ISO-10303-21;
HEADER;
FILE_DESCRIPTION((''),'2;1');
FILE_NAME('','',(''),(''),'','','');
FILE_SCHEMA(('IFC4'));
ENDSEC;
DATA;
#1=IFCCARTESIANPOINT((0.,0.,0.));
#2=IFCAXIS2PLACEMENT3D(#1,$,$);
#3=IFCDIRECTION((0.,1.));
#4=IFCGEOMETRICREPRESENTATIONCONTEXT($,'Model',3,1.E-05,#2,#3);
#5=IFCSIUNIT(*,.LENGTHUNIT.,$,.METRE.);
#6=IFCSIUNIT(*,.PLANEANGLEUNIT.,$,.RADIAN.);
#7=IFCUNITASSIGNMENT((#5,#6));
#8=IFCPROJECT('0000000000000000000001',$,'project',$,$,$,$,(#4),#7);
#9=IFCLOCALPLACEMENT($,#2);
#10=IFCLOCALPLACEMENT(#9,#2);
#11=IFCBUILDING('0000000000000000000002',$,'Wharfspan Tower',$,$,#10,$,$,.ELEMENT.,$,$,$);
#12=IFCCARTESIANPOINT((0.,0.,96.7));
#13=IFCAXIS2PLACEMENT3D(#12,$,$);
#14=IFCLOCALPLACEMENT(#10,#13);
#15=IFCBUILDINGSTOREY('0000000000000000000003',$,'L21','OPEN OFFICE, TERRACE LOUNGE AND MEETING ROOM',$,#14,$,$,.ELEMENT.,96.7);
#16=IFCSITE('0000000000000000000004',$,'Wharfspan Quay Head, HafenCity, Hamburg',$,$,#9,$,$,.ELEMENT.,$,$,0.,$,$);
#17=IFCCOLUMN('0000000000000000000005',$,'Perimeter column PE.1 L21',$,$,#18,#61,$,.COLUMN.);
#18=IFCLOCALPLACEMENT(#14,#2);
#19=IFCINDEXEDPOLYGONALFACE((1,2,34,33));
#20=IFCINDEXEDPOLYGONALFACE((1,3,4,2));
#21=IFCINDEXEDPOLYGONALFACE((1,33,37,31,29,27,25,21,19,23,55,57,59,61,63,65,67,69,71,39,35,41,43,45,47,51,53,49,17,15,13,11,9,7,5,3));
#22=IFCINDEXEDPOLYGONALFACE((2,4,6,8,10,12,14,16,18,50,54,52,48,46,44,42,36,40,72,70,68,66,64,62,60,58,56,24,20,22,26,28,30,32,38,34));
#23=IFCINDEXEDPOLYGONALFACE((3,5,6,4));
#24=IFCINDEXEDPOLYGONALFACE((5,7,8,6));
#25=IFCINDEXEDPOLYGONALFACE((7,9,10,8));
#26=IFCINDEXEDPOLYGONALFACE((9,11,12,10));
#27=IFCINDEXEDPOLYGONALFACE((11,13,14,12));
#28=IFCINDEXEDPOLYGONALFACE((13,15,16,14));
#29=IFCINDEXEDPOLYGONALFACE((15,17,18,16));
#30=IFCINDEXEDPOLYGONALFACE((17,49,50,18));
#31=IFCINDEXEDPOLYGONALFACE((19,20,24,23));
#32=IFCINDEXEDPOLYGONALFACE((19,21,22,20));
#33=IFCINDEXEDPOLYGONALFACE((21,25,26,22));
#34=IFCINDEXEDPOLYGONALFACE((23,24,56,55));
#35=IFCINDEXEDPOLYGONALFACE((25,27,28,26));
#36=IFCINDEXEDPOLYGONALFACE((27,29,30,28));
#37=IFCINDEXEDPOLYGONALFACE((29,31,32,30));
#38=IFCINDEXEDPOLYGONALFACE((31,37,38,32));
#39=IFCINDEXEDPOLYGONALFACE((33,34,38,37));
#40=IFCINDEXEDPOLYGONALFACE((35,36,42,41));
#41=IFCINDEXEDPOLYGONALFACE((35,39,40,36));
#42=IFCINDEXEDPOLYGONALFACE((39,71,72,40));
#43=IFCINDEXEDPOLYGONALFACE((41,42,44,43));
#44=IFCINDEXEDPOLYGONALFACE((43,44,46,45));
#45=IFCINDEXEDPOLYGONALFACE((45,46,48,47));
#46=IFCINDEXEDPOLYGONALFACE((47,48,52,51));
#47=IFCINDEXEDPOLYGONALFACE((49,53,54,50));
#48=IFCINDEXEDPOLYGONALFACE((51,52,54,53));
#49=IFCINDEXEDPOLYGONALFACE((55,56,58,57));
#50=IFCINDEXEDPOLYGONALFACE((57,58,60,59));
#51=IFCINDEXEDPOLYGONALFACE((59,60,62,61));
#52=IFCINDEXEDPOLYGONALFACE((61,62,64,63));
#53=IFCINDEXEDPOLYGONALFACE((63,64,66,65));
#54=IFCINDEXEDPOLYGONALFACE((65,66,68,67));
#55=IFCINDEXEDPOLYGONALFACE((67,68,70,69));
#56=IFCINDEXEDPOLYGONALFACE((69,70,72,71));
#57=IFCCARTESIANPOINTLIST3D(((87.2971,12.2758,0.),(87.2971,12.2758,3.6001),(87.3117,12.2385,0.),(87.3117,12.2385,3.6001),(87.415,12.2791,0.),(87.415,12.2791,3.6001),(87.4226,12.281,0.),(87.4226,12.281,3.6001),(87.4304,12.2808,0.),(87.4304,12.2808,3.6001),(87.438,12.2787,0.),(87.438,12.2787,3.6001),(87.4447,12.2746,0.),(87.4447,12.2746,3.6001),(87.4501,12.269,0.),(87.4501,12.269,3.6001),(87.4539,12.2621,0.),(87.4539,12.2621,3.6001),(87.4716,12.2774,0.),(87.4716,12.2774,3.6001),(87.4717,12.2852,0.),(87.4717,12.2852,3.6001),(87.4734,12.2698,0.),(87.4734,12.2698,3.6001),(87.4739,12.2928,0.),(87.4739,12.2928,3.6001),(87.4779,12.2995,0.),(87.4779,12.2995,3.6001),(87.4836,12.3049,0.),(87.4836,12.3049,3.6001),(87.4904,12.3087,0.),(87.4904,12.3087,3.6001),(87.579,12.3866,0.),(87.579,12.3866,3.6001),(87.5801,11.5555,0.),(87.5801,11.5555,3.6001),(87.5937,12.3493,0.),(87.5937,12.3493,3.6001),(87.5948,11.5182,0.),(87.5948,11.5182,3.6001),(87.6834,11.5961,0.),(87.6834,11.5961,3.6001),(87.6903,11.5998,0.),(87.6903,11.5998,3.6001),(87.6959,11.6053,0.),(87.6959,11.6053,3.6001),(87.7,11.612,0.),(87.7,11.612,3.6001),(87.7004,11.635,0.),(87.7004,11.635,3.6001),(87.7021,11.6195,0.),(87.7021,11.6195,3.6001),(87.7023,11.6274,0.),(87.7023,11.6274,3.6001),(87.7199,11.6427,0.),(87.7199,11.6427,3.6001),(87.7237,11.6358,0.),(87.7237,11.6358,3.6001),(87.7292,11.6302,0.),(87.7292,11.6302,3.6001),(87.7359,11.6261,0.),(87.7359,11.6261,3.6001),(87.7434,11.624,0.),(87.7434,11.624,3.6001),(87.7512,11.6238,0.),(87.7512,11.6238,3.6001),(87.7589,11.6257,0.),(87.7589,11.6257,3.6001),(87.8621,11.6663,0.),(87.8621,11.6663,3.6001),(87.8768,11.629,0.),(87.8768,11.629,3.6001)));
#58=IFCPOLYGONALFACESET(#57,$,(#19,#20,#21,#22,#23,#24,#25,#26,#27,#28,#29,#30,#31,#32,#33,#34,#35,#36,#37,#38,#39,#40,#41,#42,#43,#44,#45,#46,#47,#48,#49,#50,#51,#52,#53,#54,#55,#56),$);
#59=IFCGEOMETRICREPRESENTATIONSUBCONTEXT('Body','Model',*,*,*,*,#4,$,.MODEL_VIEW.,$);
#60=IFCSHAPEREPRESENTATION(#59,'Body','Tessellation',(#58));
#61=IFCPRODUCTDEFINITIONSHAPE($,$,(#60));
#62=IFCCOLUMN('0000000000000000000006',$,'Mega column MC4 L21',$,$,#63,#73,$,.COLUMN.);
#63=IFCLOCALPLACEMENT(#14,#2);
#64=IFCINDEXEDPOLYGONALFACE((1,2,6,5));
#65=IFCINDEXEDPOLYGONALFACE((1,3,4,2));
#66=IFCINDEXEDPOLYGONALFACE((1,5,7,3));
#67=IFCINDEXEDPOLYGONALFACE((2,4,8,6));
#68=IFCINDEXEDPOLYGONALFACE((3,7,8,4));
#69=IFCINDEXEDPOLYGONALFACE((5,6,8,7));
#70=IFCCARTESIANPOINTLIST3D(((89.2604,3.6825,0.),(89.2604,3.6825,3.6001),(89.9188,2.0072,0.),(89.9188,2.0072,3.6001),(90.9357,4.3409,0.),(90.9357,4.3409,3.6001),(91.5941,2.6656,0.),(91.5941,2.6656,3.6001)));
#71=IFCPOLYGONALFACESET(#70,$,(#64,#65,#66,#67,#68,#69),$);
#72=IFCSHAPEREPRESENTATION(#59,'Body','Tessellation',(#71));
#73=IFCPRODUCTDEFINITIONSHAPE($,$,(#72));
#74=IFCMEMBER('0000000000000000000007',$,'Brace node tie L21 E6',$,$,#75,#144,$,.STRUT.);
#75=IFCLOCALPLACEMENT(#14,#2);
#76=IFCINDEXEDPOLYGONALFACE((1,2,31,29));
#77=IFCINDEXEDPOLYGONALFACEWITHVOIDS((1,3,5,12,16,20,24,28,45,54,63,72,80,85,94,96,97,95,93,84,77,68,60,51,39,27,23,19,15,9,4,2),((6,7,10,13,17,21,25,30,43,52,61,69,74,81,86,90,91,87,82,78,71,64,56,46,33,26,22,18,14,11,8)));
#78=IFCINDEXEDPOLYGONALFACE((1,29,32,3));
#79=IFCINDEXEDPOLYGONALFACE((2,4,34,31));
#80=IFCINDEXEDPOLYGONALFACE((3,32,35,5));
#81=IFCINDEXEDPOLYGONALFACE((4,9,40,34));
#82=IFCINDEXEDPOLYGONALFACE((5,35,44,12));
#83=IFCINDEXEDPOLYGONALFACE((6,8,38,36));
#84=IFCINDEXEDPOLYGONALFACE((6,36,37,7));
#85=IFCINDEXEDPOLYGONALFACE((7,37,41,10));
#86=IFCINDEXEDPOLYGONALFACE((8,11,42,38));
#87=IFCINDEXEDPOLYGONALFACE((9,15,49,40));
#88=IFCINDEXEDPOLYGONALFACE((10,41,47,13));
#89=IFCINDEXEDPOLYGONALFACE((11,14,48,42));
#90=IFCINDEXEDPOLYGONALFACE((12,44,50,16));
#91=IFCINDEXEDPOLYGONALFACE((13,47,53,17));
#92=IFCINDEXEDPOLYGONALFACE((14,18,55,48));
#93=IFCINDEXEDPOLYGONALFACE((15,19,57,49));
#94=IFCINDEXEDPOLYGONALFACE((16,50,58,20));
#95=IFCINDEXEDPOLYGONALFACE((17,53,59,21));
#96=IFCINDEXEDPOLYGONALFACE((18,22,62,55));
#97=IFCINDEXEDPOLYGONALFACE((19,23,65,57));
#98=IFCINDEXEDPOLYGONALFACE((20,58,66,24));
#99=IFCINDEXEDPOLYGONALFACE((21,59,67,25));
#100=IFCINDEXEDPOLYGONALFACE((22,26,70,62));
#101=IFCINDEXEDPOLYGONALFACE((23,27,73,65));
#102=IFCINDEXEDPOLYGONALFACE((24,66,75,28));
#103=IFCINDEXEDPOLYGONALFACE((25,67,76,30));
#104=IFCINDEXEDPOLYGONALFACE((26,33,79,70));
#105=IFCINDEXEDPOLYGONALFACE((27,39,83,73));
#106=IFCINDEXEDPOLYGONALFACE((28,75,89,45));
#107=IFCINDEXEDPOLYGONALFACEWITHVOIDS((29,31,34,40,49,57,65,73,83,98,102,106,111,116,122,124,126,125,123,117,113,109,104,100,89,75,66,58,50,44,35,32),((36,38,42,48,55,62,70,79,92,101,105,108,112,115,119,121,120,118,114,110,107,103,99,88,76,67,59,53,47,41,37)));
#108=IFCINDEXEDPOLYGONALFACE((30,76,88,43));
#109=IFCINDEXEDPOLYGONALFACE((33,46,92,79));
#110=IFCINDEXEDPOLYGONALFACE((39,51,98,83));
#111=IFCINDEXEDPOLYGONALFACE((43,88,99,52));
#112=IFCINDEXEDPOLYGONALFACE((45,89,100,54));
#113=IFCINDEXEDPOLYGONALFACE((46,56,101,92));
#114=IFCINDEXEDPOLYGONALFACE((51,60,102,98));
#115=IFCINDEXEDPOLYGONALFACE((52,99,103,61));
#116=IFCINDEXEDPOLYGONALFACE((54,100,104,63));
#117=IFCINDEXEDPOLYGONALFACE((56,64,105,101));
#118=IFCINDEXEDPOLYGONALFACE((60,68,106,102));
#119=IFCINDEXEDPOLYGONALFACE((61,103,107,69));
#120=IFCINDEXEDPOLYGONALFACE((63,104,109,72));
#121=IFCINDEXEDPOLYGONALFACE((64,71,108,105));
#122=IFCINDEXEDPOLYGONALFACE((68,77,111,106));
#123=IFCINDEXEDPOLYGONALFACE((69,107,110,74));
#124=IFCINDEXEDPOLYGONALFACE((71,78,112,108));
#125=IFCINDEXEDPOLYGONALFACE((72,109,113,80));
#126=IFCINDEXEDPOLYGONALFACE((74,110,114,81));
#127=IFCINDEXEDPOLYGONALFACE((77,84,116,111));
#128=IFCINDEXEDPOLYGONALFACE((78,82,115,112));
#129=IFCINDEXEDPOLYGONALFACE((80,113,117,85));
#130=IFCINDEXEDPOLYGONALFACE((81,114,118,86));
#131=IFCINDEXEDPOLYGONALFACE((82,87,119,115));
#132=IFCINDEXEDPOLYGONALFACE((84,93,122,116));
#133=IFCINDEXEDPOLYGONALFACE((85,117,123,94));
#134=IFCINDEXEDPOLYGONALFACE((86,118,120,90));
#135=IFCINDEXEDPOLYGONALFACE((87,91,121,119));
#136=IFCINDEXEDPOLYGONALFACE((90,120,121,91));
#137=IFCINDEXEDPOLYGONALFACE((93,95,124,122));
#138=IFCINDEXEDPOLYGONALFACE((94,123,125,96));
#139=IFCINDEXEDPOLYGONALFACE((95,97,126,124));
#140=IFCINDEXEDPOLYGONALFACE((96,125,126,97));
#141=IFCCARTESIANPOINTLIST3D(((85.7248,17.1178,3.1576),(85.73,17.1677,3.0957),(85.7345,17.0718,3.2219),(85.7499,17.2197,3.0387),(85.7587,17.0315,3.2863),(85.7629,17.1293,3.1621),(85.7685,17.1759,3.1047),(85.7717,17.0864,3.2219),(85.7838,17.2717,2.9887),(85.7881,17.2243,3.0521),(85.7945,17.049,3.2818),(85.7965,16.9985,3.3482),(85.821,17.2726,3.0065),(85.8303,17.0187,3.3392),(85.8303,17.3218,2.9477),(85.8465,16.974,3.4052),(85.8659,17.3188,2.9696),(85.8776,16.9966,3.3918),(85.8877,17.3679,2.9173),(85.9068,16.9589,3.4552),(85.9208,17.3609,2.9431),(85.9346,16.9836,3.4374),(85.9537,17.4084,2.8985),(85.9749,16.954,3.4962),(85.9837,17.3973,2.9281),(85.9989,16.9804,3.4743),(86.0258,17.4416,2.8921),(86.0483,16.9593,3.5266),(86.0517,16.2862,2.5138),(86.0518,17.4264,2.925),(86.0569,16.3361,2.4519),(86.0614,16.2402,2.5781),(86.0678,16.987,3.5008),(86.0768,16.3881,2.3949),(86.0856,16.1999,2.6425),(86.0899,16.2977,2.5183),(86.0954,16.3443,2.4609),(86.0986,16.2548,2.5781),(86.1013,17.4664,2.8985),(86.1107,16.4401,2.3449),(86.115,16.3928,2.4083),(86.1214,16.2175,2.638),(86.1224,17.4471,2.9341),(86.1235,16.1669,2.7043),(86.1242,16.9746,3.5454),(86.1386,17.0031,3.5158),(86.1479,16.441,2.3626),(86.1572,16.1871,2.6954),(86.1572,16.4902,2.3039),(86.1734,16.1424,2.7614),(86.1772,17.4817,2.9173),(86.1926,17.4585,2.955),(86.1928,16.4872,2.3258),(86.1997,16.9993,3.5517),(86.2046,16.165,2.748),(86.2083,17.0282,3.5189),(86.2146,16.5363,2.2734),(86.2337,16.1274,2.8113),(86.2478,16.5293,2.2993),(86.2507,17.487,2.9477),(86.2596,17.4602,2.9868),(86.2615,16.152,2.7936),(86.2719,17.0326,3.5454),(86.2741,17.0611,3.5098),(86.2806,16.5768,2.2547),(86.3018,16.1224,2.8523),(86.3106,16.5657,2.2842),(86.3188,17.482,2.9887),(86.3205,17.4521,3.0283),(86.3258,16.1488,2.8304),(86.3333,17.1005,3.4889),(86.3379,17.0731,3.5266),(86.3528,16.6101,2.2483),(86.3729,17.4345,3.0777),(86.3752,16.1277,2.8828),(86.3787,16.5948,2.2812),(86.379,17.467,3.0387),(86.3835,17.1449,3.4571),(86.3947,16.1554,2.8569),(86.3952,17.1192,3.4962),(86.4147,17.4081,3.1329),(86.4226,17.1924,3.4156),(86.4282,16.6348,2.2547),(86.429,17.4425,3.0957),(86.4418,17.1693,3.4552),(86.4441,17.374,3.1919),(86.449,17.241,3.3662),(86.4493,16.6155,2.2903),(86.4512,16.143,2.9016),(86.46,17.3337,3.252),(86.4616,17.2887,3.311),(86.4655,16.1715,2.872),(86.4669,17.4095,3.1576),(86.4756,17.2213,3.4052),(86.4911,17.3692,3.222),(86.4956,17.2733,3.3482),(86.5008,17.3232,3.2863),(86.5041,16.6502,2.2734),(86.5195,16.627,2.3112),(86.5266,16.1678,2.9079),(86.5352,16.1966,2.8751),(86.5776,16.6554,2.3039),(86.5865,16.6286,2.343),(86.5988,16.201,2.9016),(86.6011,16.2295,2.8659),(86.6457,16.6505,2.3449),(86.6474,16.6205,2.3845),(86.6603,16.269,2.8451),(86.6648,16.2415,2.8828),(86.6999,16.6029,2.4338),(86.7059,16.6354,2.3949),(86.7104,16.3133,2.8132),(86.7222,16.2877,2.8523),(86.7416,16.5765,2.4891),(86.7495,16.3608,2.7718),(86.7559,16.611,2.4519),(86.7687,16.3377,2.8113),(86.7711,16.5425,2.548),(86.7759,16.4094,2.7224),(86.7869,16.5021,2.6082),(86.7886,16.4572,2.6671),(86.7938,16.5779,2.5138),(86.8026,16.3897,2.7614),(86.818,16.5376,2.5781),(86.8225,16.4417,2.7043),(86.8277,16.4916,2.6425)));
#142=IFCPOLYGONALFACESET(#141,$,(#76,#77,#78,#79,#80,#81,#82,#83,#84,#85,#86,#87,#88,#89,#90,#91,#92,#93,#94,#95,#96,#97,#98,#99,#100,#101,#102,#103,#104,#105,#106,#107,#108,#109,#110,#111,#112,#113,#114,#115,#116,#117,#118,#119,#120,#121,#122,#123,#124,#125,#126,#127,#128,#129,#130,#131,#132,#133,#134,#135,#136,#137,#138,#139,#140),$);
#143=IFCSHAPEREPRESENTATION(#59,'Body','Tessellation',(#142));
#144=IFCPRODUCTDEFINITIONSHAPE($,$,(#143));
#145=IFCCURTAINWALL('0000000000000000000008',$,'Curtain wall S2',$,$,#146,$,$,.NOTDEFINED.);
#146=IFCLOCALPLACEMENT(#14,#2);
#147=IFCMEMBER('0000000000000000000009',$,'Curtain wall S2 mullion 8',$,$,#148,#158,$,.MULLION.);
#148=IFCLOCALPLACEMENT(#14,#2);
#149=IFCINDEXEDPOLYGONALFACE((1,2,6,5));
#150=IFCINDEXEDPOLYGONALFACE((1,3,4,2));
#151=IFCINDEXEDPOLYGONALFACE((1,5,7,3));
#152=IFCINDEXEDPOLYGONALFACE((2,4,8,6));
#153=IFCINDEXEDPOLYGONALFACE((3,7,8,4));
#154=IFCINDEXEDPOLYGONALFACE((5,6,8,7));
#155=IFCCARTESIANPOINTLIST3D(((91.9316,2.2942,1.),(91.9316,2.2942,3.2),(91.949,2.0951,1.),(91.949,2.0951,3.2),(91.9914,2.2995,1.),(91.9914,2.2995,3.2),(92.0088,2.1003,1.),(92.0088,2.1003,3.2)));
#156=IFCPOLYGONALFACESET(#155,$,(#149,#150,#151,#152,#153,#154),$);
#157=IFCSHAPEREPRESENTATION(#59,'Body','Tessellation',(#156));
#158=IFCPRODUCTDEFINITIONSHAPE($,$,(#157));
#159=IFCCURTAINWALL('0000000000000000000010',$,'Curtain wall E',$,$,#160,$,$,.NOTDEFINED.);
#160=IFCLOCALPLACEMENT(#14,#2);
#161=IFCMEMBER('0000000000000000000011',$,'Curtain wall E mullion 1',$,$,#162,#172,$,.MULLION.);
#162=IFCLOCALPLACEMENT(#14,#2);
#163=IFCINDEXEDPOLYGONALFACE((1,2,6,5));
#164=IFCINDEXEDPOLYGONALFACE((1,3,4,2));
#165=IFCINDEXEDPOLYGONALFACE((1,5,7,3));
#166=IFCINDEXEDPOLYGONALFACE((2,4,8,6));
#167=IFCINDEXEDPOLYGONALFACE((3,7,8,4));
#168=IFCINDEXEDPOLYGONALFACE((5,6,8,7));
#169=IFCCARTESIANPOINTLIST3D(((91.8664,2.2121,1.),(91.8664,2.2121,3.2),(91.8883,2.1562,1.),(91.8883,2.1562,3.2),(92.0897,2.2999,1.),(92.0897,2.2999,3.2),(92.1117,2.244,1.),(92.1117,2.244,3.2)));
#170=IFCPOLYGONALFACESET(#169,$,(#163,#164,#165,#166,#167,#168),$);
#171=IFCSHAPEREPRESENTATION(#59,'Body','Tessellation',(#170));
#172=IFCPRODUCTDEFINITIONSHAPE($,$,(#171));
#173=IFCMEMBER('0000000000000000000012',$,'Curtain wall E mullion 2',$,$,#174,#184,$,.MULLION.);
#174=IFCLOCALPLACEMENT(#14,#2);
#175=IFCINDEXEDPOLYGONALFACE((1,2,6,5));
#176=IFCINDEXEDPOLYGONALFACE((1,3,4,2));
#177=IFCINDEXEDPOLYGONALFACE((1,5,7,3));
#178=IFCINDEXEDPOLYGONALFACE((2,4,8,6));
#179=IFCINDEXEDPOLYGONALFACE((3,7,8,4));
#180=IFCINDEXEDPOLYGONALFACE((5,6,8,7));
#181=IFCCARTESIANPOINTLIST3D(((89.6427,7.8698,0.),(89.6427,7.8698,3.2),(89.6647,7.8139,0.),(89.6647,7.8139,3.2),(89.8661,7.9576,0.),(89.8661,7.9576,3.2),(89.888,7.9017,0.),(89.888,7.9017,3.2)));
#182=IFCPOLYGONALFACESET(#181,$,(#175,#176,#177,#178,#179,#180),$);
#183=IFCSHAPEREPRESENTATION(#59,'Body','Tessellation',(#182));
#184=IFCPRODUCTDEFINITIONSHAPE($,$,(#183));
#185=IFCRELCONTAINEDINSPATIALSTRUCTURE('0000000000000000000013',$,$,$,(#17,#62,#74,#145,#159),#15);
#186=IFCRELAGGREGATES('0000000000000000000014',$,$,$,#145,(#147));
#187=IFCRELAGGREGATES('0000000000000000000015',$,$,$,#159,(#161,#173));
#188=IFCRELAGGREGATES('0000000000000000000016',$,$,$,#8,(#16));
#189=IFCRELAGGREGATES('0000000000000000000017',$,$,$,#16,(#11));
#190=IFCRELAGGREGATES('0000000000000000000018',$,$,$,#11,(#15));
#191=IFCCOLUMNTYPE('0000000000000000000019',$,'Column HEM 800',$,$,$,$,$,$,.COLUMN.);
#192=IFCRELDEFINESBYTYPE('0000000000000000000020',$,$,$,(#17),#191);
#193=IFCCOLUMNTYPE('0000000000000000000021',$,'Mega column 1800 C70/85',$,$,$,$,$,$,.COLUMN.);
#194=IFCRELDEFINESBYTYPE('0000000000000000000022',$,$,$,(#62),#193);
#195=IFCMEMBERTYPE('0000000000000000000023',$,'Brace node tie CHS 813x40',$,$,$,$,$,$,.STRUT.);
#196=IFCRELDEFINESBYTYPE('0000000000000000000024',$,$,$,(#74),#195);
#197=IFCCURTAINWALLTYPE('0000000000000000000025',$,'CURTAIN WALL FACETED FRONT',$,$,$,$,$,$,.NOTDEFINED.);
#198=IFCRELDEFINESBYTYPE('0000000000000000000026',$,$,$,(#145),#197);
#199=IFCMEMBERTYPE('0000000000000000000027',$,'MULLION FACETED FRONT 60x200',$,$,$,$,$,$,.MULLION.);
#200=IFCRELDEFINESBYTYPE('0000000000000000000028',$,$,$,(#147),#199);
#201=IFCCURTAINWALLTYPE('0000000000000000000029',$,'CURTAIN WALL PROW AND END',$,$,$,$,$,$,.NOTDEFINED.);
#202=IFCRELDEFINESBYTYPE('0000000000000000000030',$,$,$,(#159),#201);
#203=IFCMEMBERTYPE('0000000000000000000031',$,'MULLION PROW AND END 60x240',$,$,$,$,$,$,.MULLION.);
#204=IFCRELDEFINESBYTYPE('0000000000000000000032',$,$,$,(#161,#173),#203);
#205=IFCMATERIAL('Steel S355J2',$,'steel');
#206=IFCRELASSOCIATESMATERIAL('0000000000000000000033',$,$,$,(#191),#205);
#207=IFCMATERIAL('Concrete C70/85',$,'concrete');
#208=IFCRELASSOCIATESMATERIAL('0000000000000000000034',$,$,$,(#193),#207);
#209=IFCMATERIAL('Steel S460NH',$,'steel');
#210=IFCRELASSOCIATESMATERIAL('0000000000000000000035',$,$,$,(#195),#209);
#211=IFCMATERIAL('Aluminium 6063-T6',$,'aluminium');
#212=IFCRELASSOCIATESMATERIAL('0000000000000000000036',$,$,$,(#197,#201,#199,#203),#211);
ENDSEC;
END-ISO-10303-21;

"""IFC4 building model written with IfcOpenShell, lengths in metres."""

from ifc_helpers import new_model, si_unit, direction, frame, origin, origin_2d, place, context, subcontext, project, spatial, rectangle, hollow_circle, i_section, extrude, material, material_profile, profile_set, type_object, element, aggregate, save


model = new_model("IFC4")

# Units and contexts
model_context = context("Model", 3, precision=1e-05, world=origin(), true_north=direction((0.0, 1.0)))
body_context = subcontext(model_context, "Body", "Model", "MODEL_VIEW")
ifc_project = project(units=[si_unit("LENGTHUNIT", "METRE"), si_unit("PLANEANGLEUNIT", "RADIAN")], contexts=[model_context])

# Site, building, storey
site_placement = place(None, origin())
site = spatial("IfcSite", under=ifc_project, at=site_placement, Name="Wharfspan Quay Head, HafenCity, Hamburg", CompositionType="ELEMENT", RefElevation=0.0)
building_placement = place(site_placement, origin())
building = spatial("IfcBuilding", under=site, at=building_placement, Name="Wharfspan Tower", CompositionType="ELEMENT")
storey_placement = place(building_placement, frame((0.0, 0.0, 96.7)))
storey = spatial("IfcBuildingStorey", under=building, at=storey_placement, Name="L21", Description="OPEN OFFICE, TERRACE LOUNGE AND MEETING ROOM", CompositionType="ELEMENT", Elevation=96.7)

# Columns
ifc_material_1 = material(Name="Steel S355J2", Category="steel")
ifc_material_profile_1 = material_profile(ifc_material_1, i_section(OverallWidth=0.303, OverallDepth=0.814, WebThickness=0.021, FlangeThickness=0.04, FilletRadius=0.03, at=origin_2d()))
ifc_profile_set_1 = profile_set([ifc_material_profile_1], Name="Steel S355J2")
column_type_1 = type_object("IfcColumnType", Name="Column HEM 800", PredefinedType="COLUMN", material=ifc_profile_set_1)
column_1_placement = place(storey_placement, frame((87.5869, 11.9524, 0.0), z_axis=(0.0, 0.0, 1.0), x_axis=(0.930702, 0.365778, 0.0)))
element("IfcColumn", 1, at=column_1_placement, inside=storey, type_object=column_type_1, Name="Perimeter column PE.1 L21", PredefinedType="COLUMN", context=body_context, shape_type="SweptSolid", body=[
    extrude(i_section(OverallWidth=0.303, OverallDepth=0.814, WebThickness=0.021, FlangeThickness=0.04, FilletRadius=0.03, at=origin_2d()), origin(), (0.0, 0.0, 1.0), 3.6001),
])
ifc_material_2 = material(Name="Concrete C70/85", Category="concrete")
ifc_material_profile_2 = material_profile(ifc_material_2, rectangle(XDim=1.8, YDim=1.8, at=origin_2d()))
ifc_profile_set_2 = profile_set([ifc_material_profile_2], Name="Concrete C70/85")
column_type_2 = type_object("IfcColumnType", Name="Mega column 1800 C70/85", PredefinedType="COLUMN", material=ifc_profile_set_2)
column_2_placement = place(storey_placement, frame((90.4272, 3.1741, 0.0), z_axis=(0.0, 0.0, 1.0), x_axis=(-0.365778, 0.930702, 0.0)))
element("IfcColumn", 2, at=column_2_placement, inside=storey, type_object=column_type_2, Name="Mega column MC4 L21", PredefinedType="COLUMN", context=body_context, shape_type="SweptSolid", body=[
    extrude(rectangle(XDim=1.8, YDim=1.8, at=origin_2d()), origin(), (0.0, 0.0, 1.0), 3.6001),
])

# Member
ifc_material_3 = material(Name="Steel S460NH", Category="steel")
ifc_material_profile_3 = material_profile(ifc_material_3, hollow_circle(Radius=0.4065, WallThickness=0.04, at=origin_2d()))
ifc_profile_set_3 = profile_set([ifc_material_profile_3], Name="Steel S460NH")
member_type_1 = type_object("IfcMemberType", Name="Brace node tie CHS 813x40", PredefinedType="STRUT", material=ifc_profile_set_3)
member_1_placement = place(storey_placement, frame((86.4397, 16.3889, 2.5781), z_axis=(-0.296842, 0.755073, 0.584594), x_axis=(-0.930669, -0.365871, -0.000004)))
element("IfcMember", 3, at=member_1_placement, inside=storey, type_object=member_type_1, Name="Brace node tie L21 E6", PredefinedType="STRUT", context=body_context, shape_type="SweptSolid", body=[
    extrude(hollow_circle(Radius=0.4065, WallThickness=0.04, at=origin_2d()), origin(), (0.0, 0.0, 1.0), 1.1013),
])

# Curtain wall, member
ifc_material_4 = material(Name="Aluminium 6063-T6", Category="aluminium")
curtain_wall_type_1 = type_object("IfcCurtainWallType", Name="CURTAIN WALL FACETED FRONT", PredefinedType="NOTDEFINED", material=ifc_material_4)
curtain_wall_1_placement = place(storey_placement, origin())
curtain_wall_1 = element("IfcCurtainWall", 4, at=curtain_wall_1_placement, inside=storey, type_object=curtain_wall_type_1, Name="Curtain wall S2", PredefinedType="NOTDEFINED")
ifc_material_profile_4 = material_profile(ifc_material_4, rectangle(XDim=0.2, YDim=0.0601, at=origin_2d()))
ifc_profile_set_4 = profile_set([ifc_material_profile_4], Name="Aluminium 6063-T6")
member_type_2 = type_object("IfcMemberType", Name="MULLION FACETED FRONT 60x200", PredefinedType="MULLION", material=ifc_profile_set_4)
member_2_placement = place(storey_placement, frame((91.9702, 2.1973, 1.0), z_axis=(0.0, 0.0, 1.0), x_axis=(-0.087156, 0.996198, 0.0)))
member_2 = element("IfcMember", 5, at=member_2_placement, type_object=member_type_2, Name="Curtain wall S2 mullion 8", PredefinedType="MULLION", context=body_context, shape_type="SweptSolid", body=[
    extrude(rectangle(XDim=0.2, YDim=0.0601, at=origin_2d()), origin(), (0.0, 0.0, 1.0), 2.2),
])

# Curtain wall, members
curtain_wall_type_2 = type_object("IfcCurtainWallType", Name="CURTAIN WALL PROW AND END", PredefinedType="NOTDEFINED", material=ifc_material_4)
curtain_wall_2_placement = place(storey_placement, origin())
curtain_wall_2 = element("IfcCurtainWall", 6, at=curtain_wall_2_placement, inside=storey, type_object=curtain_wall_type_2, Name="Curtain wall E", PredefinedType="NOTDEFINED")
ifc_material_profile_5 = material_profile(ifc_material_4, rectangle(XDim=0.24, YDim=0.0601, at=origin_2d()))
ifc_profile_set_5 = profile_set([ifc_material_profile_5], Name="Aluminium 6063-T6")
member_type_3 = type_object("IfcMemberType", Name="MULLION PROW AND END 60x240", PredefinedType="MULLION", material=ifc_profile_set_5)
member_3_placement = place(storey_placement, frame((91.989, 2.228, 1.0), z_axis=(0.0, 0.0, 1.0), x_axis=(-0.930702, -0.365778, 0.0)))
member_3 = element("IfcMember", 7, at=member_3_placement, type_object=member_type_3, Name="Curtain wall E mullion 1", PredefinedType="MULLION", context=body_context, shape_type="SweptSolid", body=[
    extrude(rectangle(XDim=0.24, YDim=0.0601, at=origin_2d()), origin(), (0.0, 0.0, 1.0), 2.2),
])
member_4_placement = place(storey_placement, frame((89.7654, 7.8857, 0.0), z_axis=(0.0, 0.0, 1.0), x_axis=(-0.930702, -0.365778, 0.0)))
member_4 = element("IfcMember", 8, at=member_4_placement, type_object=member_type_3, Name="Curtain wall E mullion 2", PredefinedType="MULLION", context=body_context, shape_type="SweptSolid", body=[
    extrude(rectangle(XDim=0.24, YDim=0.0601, at=origin_2d()), origin(), (0.0, 0.0, 1.0), 3.2),
])

aggregate(curtain_wall_1, [member_2])
aggregate(curtain_wall_2, [member_3, member_4])

save(model, "model.ifc")
